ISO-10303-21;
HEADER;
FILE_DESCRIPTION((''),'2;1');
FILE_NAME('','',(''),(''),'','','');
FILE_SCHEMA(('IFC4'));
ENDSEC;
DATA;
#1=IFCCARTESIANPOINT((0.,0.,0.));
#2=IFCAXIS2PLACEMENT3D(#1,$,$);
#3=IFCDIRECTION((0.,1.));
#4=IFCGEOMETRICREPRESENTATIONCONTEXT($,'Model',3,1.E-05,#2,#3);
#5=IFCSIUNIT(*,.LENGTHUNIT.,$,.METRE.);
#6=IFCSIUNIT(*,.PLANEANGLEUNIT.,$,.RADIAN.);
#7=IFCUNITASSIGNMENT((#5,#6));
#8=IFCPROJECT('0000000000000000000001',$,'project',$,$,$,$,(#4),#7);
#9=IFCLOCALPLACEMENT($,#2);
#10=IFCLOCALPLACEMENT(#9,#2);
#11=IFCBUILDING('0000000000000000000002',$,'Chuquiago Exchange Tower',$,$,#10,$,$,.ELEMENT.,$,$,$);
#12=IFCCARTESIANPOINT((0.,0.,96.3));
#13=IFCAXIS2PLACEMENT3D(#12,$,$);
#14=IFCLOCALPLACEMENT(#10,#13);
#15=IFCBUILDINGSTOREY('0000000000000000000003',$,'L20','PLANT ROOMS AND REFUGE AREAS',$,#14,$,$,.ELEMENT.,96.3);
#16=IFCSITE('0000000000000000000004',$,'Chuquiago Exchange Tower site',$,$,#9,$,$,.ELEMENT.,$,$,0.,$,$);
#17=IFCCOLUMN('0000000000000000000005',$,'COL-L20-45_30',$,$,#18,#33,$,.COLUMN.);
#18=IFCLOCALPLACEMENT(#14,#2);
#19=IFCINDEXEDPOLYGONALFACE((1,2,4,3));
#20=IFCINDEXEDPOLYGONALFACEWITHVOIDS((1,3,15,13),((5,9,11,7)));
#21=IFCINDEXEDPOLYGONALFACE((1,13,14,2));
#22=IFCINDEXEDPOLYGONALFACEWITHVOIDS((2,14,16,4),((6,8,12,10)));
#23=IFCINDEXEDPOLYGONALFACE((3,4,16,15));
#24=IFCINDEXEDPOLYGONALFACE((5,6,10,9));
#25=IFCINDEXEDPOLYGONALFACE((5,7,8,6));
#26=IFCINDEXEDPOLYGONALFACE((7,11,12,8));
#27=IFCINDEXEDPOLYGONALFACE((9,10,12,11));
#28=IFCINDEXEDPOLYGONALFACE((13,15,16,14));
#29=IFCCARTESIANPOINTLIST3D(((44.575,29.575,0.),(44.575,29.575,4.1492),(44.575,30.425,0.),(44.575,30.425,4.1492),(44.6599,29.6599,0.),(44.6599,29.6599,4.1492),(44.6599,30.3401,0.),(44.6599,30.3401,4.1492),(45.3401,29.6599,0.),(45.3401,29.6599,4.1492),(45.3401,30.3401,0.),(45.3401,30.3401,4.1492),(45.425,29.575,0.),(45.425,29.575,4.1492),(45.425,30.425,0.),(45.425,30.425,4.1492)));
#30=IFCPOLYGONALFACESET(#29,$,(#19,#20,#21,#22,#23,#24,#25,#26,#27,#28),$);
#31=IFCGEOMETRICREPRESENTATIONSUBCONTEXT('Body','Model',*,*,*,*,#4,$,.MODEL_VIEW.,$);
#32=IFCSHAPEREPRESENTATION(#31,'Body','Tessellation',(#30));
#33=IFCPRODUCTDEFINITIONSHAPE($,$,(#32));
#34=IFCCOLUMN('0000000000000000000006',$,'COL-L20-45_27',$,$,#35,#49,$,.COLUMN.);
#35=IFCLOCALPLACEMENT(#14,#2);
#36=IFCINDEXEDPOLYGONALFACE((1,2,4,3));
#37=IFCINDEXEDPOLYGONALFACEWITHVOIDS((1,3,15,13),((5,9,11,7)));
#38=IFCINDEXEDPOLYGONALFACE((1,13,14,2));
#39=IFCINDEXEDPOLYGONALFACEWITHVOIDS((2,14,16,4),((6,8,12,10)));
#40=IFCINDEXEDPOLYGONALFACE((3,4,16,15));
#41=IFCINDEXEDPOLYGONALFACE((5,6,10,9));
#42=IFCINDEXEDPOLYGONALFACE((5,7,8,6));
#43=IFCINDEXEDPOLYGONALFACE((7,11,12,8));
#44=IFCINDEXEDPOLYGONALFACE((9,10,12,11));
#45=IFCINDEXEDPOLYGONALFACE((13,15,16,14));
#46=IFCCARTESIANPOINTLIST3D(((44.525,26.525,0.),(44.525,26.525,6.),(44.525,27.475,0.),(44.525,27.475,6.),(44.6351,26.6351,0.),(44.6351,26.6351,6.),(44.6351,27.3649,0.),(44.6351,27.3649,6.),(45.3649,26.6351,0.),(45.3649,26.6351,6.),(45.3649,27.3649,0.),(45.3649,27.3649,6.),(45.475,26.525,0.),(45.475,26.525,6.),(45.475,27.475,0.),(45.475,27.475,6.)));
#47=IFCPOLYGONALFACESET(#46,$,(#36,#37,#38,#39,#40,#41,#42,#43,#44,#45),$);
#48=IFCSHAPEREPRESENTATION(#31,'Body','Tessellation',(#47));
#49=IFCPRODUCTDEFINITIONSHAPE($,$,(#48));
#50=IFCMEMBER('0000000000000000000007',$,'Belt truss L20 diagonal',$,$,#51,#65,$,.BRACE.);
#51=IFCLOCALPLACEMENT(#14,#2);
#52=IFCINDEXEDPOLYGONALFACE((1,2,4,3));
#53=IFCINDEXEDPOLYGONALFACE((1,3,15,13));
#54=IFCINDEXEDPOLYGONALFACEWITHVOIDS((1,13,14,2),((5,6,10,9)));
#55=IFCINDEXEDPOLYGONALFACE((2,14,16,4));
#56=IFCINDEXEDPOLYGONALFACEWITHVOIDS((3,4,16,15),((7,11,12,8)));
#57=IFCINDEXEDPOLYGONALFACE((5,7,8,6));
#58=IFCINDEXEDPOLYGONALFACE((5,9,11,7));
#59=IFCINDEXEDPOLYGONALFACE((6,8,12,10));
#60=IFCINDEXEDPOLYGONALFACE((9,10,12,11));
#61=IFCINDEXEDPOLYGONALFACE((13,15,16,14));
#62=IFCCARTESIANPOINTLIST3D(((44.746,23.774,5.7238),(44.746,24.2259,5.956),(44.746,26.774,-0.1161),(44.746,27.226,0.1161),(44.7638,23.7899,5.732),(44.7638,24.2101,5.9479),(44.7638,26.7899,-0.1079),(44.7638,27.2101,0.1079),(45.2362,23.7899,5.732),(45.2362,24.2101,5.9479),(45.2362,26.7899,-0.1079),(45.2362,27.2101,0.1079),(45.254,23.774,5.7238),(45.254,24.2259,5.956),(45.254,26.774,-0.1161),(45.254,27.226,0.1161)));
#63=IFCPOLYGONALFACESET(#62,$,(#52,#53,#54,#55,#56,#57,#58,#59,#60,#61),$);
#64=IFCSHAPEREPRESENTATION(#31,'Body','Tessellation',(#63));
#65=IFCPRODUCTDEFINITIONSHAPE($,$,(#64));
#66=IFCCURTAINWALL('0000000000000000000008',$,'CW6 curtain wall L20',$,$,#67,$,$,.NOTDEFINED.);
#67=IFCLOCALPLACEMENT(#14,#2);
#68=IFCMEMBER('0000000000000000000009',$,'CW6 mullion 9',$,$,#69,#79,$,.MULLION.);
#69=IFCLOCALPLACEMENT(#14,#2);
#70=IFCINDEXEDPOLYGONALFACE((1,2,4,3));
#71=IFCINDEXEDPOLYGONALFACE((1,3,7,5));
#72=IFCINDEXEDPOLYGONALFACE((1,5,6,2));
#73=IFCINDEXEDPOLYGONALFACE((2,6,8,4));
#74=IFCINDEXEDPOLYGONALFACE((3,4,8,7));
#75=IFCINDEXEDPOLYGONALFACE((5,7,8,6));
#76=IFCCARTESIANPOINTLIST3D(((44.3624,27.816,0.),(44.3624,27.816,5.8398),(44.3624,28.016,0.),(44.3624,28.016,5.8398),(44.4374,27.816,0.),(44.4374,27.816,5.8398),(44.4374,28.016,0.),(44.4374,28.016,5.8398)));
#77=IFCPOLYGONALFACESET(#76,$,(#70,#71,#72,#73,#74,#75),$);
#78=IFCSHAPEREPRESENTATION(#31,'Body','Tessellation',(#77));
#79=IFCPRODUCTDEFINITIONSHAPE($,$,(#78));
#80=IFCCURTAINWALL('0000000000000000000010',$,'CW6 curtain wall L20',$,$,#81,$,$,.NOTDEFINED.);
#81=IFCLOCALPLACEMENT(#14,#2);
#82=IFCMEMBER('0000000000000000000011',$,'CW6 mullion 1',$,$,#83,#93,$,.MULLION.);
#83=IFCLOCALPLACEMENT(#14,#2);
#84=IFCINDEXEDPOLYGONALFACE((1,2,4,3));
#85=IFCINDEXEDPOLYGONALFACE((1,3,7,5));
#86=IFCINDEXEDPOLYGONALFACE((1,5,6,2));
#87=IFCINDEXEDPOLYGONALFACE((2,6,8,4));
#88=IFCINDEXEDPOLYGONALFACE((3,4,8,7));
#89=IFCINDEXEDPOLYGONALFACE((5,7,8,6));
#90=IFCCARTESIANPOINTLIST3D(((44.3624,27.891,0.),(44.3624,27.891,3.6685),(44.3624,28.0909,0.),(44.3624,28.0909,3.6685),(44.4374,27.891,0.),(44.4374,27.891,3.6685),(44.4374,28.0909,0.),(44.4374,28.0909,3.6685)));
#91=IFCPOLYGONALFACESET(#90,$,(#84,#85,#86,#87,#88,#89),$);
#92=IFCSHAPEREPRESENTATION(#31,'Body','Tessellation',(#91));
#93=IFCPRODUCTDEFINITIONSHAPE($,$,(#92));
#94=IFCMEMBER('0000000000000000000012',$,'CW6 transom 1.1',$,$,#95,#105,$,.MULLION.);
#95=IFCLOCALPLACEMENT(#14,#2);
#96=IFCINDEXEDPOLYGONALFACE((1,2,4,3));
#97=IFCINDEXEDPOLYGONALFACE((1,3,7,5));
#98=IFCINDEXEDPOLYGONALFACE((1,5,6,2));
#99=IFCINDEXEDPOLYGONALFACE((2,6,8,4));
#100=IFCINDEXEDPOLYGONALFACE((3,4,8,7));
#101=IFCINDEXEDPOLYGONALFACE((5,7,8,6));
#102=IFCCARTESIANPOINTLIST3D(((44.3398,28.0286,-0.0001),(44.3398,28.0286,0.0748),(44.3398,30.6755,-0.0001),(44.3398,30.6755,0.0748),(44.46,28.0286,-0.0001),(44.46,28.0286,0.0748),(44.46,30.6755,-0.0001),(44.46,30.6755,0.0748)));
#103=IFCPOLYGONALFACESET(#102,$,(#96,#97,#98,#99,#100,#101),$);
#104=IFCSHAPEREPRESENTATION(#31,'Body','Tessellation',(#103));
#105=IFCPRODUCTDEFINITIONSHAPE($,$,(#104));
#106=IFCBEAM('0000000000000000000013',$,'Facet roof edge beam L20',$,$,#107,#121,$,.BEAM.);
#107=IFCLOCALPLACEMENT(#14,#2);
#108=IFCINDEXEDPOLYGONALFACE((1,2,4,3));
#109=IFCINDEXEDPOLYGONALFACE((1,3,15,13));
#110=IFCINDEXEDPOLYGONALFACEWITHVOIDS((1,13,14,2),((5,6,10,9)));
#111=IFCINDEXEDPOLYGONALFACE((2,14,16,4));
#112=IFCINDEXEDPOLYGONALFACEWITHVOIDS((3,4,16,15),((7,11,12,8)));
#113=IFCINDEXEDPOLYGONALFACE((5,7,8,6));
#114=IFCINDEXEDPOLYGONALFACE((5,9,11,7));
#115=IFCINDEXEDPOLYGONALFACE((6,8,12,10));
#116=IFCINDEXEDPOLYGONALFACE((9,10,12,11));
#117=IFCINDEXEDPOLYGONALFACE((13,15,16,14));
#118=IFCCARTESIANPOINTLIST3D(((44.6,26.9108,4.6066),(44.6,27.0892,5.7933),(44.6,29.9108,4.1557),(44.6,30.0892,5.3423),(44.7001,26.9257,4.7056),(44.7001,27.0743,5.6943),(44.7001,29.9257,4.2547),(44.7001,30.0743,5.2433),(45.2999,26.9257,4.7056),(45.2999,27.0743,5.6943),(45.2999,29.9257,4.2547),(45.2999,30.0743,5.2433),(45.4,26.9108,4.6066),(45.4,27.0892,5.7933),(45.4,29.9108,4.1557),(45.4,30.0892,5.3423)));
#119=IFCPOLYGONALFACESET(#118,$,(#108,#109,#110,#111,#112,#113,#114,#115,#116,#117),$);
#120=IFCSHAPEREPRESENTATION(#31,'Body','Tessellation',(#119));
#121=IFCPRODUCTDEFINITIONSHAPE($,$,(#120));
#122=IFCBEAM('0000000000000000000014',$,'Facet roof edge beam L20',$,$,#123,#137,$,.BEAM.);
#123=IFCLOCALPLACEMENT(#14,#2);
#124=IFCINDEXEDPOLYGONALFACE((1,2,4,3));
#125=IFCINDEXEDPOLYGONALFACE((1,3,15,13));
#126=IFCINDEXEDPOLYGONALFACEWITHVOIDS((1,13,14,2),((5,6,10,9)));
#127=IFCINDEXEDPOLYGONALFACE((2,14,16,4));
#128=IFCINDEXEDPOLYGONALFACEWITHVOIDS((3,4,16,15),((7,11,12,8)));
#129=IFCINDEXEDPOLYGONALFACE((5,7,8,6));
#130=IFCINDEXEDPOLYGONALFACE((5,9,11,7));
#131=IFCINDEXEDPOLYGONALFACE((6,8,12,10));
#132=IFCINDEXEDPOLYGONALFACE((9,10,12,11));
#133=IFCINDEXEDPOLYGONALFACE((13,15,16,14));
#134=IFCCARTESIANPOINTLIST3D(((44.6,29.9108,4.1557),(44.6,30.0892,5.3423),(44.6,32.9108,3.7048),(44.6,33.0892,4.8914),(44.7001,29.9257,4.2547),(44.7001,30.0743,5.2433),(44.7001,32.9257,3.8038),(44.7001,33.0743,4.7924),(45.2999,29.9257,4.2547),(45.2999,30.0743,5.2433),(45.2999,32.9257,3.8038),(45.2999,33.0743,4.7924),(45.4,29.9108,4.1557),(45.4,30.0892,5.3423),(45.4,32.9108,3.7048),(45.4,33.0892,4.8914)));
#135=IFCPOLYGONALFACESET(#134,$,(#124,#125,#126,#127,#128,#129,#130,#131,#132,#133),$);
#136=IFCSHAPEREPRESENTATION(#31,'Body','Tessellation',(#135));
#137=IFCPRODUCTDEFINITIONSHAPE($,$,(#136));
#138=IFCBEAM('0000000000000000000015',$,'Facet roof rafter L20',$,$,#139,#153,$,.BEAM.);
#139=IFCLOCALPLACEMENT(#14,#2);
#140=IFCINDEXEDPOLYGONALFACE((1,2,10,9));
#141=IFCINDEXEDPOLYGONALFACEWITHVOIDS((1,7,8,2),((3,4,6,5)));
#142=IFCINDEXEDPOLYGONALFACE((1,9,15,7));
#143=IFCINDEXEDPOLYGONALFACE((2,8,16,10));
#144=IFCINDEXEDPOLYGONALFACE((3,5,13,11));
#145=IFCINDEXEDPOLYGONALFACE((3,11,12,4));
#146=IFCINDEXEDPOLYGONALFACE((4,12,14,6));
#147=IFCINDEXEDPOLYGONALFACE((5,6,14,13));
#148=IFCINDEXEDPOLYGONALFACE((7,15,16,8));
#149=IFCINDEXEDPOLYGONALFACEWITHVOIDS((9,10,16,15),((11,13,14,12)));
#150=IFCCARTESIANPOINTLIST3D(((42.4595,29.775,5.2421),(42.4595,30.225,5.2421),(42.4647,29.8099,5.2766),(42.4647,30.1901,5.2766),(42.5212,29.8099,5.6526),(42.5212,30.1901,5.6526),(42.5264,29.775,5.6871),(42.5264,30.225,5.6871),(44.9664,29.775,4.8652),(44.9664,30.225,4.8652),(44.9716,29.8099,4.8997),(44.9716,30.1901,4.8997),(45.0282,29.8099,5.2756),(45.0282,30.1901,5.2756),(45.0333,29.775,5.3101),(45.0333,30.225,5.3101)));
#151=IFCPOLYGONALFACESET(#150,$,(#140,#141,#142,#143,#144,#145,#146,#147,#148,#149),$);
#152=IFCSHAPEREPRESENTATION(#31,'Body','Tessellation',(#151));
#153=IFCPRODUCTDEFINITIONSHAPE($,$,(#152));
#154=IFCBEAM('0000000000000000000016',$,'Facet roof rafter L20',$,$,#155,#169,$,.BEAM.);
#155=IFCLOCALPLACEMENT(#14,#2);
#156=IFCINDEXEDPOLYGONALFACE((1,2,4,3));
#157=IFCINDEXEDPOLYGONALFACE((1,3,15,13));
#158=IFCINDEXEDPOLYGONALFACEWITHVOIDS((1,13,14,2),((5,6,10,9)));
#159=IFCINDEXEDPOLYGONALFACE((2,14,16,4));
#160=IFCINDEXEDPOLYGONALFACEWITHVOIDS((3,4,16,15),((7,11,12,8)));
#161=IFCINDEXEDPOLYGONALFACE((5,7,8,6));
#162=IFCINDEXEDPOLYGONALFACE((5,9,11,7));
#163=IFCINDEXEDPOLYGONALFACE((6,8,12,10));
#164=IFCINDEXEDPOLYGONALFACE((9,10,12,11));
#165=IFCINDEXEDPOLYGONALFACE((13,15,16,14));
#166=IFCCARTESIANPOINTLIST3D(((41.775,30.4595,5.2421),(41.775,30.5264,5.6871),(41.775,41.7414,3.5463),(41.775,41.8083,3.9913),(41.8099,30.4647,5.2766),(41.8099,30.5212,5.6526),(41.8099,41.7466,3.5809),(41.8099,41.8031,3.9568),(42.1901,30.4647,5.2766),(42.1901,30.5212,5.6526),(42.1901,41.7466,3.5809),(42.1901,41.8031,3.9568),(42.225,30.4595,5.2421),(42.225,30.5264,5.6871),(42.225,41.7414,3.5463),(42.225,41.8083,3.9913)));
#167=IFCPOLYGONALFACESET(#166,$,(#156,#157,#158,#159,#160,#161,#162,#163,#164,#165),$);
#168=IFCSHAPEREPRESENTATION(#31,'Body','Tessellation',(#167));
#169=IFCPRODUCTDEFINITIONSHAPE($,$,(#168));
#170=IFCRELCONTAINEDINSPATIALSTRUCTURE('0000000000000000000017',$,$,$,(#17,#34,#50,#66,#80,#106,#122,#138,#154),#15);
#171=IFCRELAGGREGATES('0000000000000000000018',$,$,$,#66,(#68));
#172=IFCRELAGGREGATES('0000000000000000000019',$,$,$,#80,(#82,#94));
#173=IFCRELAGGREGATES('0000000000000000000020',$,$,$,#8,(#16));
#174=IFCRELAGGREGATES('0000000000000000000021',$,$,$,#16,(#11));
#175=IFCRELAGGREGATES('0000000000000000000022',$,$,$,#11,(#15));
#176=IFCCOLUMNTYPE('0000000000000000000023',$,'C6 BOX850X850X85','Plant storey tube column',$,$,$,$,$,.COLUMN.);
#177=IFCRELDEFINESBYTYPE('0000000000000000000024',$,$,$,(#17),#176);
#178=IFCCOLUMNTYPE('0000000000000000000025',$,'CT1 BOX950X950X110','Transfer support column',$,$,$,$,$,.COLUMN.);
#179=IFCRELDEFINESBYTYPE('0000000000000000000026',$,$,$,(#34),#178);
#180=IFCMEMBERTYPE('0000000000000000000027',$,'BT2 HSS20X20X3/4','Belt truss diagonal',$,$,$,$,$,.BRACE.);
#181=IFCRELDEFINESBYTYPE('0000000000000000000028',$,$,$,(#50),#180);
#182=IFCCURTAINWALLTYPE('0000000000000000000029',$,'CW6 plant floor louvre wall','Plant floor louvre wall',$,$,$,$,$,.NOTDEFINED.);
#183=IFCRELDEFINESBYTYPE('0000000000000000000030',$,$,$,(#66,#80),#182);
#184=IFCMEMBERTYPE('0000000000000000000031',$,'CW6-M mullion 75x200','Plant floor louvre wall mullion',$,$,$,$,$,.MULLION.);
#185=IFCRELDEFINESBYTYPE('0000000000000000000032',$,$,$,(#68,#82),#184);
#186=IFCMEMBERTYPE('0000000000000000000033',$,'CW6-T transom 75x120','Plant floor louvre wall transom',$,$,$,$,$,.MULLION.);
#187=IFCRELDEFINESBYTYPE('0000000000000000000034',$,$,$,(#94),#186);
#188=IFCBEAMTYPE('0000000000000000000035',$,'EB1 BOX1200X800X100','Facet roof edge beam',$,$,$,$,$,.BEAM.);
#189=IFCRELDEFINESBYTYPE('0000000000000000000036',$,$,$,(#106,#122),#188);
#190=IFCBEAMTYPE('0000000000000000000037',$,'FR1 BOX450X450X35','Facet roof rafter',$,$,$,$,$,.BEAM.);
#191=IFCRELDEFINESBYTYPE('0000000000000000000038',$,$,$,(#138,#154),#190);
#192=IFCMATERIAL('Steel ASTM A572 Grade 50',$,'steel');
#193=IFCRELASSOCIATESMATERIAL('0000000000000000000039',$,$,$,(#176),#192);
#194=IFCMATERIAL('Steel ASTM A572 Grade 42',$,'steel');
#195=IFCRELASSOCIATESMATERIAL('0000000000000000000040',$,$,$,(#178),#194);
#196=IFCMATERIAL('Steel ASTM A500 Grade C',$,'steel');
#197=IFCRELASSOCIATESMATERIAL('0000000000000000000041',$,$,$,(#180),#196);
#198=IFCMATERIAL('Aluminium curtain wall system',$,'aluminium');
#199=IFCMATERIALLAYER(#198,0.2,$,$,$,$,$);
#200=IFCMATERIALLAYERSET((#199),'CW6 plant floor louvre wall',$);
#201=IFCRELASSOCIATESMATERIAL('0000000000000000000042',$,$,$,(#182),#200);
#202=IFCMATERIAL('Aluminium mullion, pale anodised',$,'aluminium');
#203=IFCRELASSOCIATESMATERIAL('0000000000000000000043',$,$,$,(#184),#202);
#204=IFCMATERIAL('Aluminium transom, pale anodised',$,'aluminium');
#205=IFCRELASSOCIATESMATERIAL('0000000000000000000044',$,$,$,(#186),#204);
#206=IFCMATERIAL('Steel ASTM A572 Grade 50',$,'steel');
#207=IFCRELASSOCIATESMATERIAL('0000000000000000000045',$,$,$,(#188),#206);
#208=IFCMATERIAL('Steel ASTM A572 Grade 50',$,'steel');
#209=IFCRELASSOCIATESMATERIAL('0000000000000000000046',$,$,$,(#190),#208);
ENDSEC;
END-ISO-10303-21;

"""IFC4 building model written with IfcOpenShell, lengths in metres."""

from ifc_helpers import new_model, si_unit, direction, frame, origin, origin_2d, place, context, subcontext, project, spatial, rectangle, hollow_rectangle, extrude, material, layer, layer_set, material_profile, profile_set, type_object, element, aggregate, save


model = new_model("IFC4")

# Units and contexts
model_context = context("Model", 3, precision=1e-05, world=origin(), true_north=direction((0.0, 1.0)))
body_context = subcontext(model_context, "Body", "Model", "MODEL_VIEW")
ifc_project = project(units=[si_unit("LENGTHUNIT", "METRE"), si_unit("PLANEANGLEUNIT", "RADIAN")], contexts=[model_context])

# Site, building, storey
site_placement = place(None, origin())
site = spatial("IfcSite", under=ifc_project, at=site_placement, Name="Chuquiago Exchange Tower site", CompositionType="ELEMENT", RefElevation=0.0)
building_placement = place(site_placement, origin())
building = spatial("IfcBuilding", under=site, at=building_placement, Name="Chuquiago Exchange Tower", CompositionType="ELEMENT")
storey_placement = place(building_placement, frame((0.0, 0.0, 96.3)))
storey = spatial("IfcBuildingStorey", under=building, at=storey_placement, Name="L20", Description="PLANT ROOMS AND REFUGE AREAS", CompositionType="ELEMENT", Elevation=96.3)

# Columns
ifc_material_1 = material(Name="Steel ASTM A572 Grade 50", Category="steel")
ifc_material_profile_1 = material_profile(ifc_material_1, hollow_rectangle(XDim=0.8501, YDim=0.8501, WallThickness=0.085, at=origin_2d()), Name="BOX850X850X85")
ifc_profile_set_1 = profile_set([ifc_material_profile_1], Name="Steel ASTM A572 Grade 50")
column_type_1 = type_object("IfcColumnType", Name="C6 BOX850X850X85", Description="Plant storey tube column", PredefinedType="COLUMN", material=ifc_profile_set_1)
column_1_placement = place(storey_placement, frame((45.0, 30.0, 0.0), z_axis=(0.0, 0.0, 1.0), x_axis=(1.0, 0.0, 0.0)))
element("IfcColumn", 1, at=column_1_placement, inside=storey, type_object=column_type_1, Name="COL-L20-45_30", PredefinedType="COLUMN", context=body_context, shape_type="SweptSolid", body=[
    extrude(hollow_rectangle(XDim=0.8501, YDim=0.8501, WallThickness=0.085, at=origin_2d()), origin(), (0.0, 0.0, 1.0), 4.1492),
])
ifc_material_2 = material(Name="Steel ASTM A572 Grade 42", Category="steel")
ifc_material_profile_2 = material_profile(ifc_material_2, hollow_rectangle(XDim=0.95, YDim=0.95, WallThickness=0.1101, at=origin_2d()), Name="BOX950X950X110")
ifc_profile_set_2 = profile_set([ifc_material_profile_2], Name="Steel ASTM A572 Grade 42")
column_type_2 = type_object("IfcColumnType", Name="CT1 BOX950X950X110", Description="Transfer support column", PredefinedType="COLUMN", material=ifc_profile_set_2)
column_2_placement = place(storey_placement, frame((45.0, 27.0, 0.0), z_axis=(0.0, 0.0, 1.0), x_axis=(1.0, 0.0, 0.0)))
element("IfcColumn", 2, at=column_2_placement, inside=storey, type_object=column_type_2, Name="COL-L20-45_27", PredefinedType="COLUMN", context=body_context, shape_type="SweptSolid", body=[
    extrude(hollow_rectangle(XDim=0.95, YDim=0.95, WallThickness=0.1101, at=origin_2d()), origin(), (0.0, 0.0, 1.0), 6.0),
])

# Member
ifc_material_3 = material(Name="Steel ASTM A500 Grade C", Category="steel")
ifc_material_profile_3 = material_profile(ifc_material_3, hollow_rectangle(XDim=0.5081, YDim=0.5081, WallThickness=0.0178, at=origin_2d()), Name="HSS20X20X3/4")
ifc_profile_set_3 = profile_set([ifc_material_profile_3], Name="Steel ASTM A500 Grade C")
member_type_1 = type_object("IfcMemberType", Name="BT2 HSS20X20X3/4", Description="Belt truss diagonal", PredefinedType="BRACE", material=ifc_profile_set_3)
member_1_placement = place(storey_placement, frame((45.0, 27.0, 0.0), z_axis=(0.0, -0.456945, 0.889495), x_axis=(1.0, 0.0, 0.0)))
element("IfcMember", 3, at=member_1_placement, inside=storey, type_object=member_type_1, Name="Belt truss L20 diagonal", PredefinedType="BRACE", context=body_context, shape_type="SweptSolid", body=[
    extrude(hollow_rectangle(XDim=0.5081, YDim=0.5081, WallThickness=0.0178, at=origin_2d()), origin(), (0.0, 0.0, 1.0), 6.5654),
])

# Curtain wall, member
ifc_material_4 = material(Name="Aluminium curtain wall system", Category="aluminium")
ifc_layer_1 = layer(ifc_material_4, 0.2)
ifc_layer_set_1 = layer_set([ifc_layer_1], Name="CW6 plant floor louvre wall")
curtain_wall_type = type_object("IfcCurtainWallType", Name="CW6 plant floor louvre wall", Description="Plant floor louvre wall", PredefinedType="NOTDEFINED", material=ifc_layer_set_1)
curtain_wall_1_placement = place(storey_placement, origin())
curtain_wall_1 = element("IfcCurtainWall", 4, at=curtain_wall_1_placement, inside=storey, type_object=curtain_wall_type, Name="CW6 curtain wall L20", PredefinedType="NOTDEFINED")
ifc_material_5 = material(Name="Aluminium mullion, pale anodised", Category="aluminium")
ifc_material_profile_4 = material_profile(ifc_material_5, rectangle(XDim=0.075, YDim=0.2, at=origin_2d()), Name="AL 75x200")
ifc_profile_set_4 = profile_set([ifc_material_profile_4], Name="Aluminium mullion, pale anodised")
member_type_2 = type_object("IfcMemberType", Name="CW6-M mullion 75x200", Description="Plant floor louvre wall mullion", PredefinedType="MULLION", material=ifc_profile_set_4)
member_2_placement = place(storey_placement, frame((44.3999, 27.916, 0.0), z_axis=(0.0, 0.0, 1.0), x_axis=(-1.0, 0.0, 0.0)))
member_2 = element("IfcMember", 5, at=member_2_placement, type_object=member_type_2, Name="CW6 mullion 9", PredefinedType="MULLION", context=body_context, shape_type="SweptSolid", body=[
    extrude(rectangle(XDim=0.075, YDim=0.2, at=origin_2d()), origin(), (0.0, 0.0, 1.0), 5.8398),
])

# Curtain wall, members
curtain_wall_2_placement = place(storey_placement, origin())
curtain_wall_2 = element("IfcCurtainWall", 6, at=curtain_wall_2_placement, inside=storey, type_object=curtain_wall_type, Name="CW6 curtain wall L20", PredefinedType="NOTDEFINED")
member_3_placement = place(storey_placement, frame((44.3999, 27.991, 0.0), z_axis=(0.0, 0.0, 1.0), x_axis=(-1.0, 0.0, 0.0)))
member_3 = element("IfcMember", 7, at=member_3_placement, type_object=member_type_2, Name="CW6 mullion 1", PredefinedType="MULLION", context=body_context, shape_type="SweptSolid", body=[
    extrude(rectangle(XDim=0.075, YDim=0.2, at=origin_2d()), origin(), (0.0, 0.0, 1.0), 3.6685),
])
ifc_material_6 = material(Name="Aluminium transom, pale anodised", Category="aluminium")
ifc_material_profile_5 = material_profile(ifc_material_6, rectangle(XDim=0.1201, YDim=0.075, at=origin_2d()), Name="AL 120x75")
ifc_profile_set_5 = profile_set([ifc_material_profile_5], Name="Aluminium transom, pale anodised")
member_type_3 = type_object("IfcMemberType", Name="CW6-T transom 75x120", Description="Plant floor louvre wall transom", PredefinedType="MULLION", material=ifc_profile_set_5)
member_4_placement = place(storey_placement, frame((44.3999, 28.0286, 0.0374), z_axis=(0.0, 1.0, 0.0), x_axis=(-1.0, 0.0, 0.0)))
member_4 = element("IfcMember", 8, at=member_4_placement, type_object=member_type_3, Name="CW6 transom 1.1", PredefinedType="MULLION", context=body_context, shape_type="SweptSolid", body=[
    extrude(rectangle(XDim=0.1201, YDim=0.075, at=origin_2d()), origin(), (0.0, 0.0, 1.0), 2.647),
])

# Beams
ifc_material_7 = material(Name="Steel ASTM A572 Grade 50", Category="steel")
ifc_material_profile_6 = material_profile(ifc_material_7, hollow_rectangle(XDim=0.8, YDim=1.2, WallThickness=0.1001, at=origin_2d()), Name="BOX1200X800X100")
ifc_profile_set_6 = profile_set([ifc_material_profile_6], Name="Steel ASTM A572 Grade 50")
beam_type_1 = type_object("IfcBeamType", Name="EB1 BOX1200X800X100", Description="Facet roof edge beam", PredefinedType="BEAM", material=ifc_profile_set_6)
for number, where, z_axis, x_axis, name in (
    (9, (45.0, 27.0, 5.2), (0.0, 0.988891, -0.14864), (-1.0, 0.0, 0.0), "Facet roof edge beam L20"),
    (10, (45.0, 30.0, 4.749), (0.0, 0.988891, -0.14864), (-1.0, 0.0, 0.0), "Facet roof edge beam L20"),
):
    element("IfcBeam", number, at=place(storey_placement, frame(where, z_axis=z_axis, x_axis=x_axis)), inside=storey, type_object=beam_type_1, Name=name, PredefinedType="BEAM", context=body_context, shape_type="SweptSolid", body=[
        extrude(hollow_rectangle(XDim=0.8, YDim=1.2, WallThickness=0.1001, at=origin_2d()), origin(), (0.0, 0.0, 1.0), 3.0337),
    ])
ifc_material_8 = material(Name="Steel ASTM A572 Grade 50", Category="steel")
ifc_material_profile_7 = material_profile(ifc_material_8, hollow_rectangle(XDim=0.45, YDim=0.45, WallThickness=0.0349, at=origin_2d()), Name="BOX450X450X35")
ifc_profile_set_7 = profile_set([ifc_material_profile_7], Name="Steel ASTM A572 Grade 50")
beam_type_2 = type_object("IfcBeamType", Name="FR1 BOX450X450X35", Description="Facet roof rafter", PredefinedType="BEAM", material=ifc_profile_set_7)
beam_1_placement = place(storey_placement, frame((42.4929, 30.0, 5.4646), z_axis=(0.988885, 0.0, -0.148684), x_axis=(0.0, 1.0, 0.0)))
element("IfcBeam", 11, at=beam_1_placement, inside=storey, type_object=beam_type_2, Name="Facet roof rafter L20", PredefinedType="BEAM", context=body_context, shape_type="SweptSolid", body=[
    extrude(hollow_rectangle(XDim=0.45, YDim=0.45, WallThickness=0.0349, at=origin_2d()), origin(), (0.0, 0.0, 1.0), 2.5352),
])
beam_2_placement = place(storey_placement, frame((42.0, 30.4929, 5.4646), z_axis=(0.0, 0.988891, -0.148641), x_axis=(-1.0, 0.0, 0.0)))
element("IfcBeam", 12, at=beam_2_placement, inside=storey, type_object=beam_type_2, Name="Facet roof rafter L20", PredefinedType="BEAM", context=body_context, shape_type="SweptSolid", body=[
    extrude(hollow_rectangle(XDim=0.45, YDim=0.45, WallThickness=0.0349, at=origin_2d()), origin(), (0.0, 0.0, 1.0), 11.4087),
])

aggregate(curtain_wall_1, [member_2])
aggregate(curtain_wall_2, [member_3, member_4])

save(model, "model.ifc")
